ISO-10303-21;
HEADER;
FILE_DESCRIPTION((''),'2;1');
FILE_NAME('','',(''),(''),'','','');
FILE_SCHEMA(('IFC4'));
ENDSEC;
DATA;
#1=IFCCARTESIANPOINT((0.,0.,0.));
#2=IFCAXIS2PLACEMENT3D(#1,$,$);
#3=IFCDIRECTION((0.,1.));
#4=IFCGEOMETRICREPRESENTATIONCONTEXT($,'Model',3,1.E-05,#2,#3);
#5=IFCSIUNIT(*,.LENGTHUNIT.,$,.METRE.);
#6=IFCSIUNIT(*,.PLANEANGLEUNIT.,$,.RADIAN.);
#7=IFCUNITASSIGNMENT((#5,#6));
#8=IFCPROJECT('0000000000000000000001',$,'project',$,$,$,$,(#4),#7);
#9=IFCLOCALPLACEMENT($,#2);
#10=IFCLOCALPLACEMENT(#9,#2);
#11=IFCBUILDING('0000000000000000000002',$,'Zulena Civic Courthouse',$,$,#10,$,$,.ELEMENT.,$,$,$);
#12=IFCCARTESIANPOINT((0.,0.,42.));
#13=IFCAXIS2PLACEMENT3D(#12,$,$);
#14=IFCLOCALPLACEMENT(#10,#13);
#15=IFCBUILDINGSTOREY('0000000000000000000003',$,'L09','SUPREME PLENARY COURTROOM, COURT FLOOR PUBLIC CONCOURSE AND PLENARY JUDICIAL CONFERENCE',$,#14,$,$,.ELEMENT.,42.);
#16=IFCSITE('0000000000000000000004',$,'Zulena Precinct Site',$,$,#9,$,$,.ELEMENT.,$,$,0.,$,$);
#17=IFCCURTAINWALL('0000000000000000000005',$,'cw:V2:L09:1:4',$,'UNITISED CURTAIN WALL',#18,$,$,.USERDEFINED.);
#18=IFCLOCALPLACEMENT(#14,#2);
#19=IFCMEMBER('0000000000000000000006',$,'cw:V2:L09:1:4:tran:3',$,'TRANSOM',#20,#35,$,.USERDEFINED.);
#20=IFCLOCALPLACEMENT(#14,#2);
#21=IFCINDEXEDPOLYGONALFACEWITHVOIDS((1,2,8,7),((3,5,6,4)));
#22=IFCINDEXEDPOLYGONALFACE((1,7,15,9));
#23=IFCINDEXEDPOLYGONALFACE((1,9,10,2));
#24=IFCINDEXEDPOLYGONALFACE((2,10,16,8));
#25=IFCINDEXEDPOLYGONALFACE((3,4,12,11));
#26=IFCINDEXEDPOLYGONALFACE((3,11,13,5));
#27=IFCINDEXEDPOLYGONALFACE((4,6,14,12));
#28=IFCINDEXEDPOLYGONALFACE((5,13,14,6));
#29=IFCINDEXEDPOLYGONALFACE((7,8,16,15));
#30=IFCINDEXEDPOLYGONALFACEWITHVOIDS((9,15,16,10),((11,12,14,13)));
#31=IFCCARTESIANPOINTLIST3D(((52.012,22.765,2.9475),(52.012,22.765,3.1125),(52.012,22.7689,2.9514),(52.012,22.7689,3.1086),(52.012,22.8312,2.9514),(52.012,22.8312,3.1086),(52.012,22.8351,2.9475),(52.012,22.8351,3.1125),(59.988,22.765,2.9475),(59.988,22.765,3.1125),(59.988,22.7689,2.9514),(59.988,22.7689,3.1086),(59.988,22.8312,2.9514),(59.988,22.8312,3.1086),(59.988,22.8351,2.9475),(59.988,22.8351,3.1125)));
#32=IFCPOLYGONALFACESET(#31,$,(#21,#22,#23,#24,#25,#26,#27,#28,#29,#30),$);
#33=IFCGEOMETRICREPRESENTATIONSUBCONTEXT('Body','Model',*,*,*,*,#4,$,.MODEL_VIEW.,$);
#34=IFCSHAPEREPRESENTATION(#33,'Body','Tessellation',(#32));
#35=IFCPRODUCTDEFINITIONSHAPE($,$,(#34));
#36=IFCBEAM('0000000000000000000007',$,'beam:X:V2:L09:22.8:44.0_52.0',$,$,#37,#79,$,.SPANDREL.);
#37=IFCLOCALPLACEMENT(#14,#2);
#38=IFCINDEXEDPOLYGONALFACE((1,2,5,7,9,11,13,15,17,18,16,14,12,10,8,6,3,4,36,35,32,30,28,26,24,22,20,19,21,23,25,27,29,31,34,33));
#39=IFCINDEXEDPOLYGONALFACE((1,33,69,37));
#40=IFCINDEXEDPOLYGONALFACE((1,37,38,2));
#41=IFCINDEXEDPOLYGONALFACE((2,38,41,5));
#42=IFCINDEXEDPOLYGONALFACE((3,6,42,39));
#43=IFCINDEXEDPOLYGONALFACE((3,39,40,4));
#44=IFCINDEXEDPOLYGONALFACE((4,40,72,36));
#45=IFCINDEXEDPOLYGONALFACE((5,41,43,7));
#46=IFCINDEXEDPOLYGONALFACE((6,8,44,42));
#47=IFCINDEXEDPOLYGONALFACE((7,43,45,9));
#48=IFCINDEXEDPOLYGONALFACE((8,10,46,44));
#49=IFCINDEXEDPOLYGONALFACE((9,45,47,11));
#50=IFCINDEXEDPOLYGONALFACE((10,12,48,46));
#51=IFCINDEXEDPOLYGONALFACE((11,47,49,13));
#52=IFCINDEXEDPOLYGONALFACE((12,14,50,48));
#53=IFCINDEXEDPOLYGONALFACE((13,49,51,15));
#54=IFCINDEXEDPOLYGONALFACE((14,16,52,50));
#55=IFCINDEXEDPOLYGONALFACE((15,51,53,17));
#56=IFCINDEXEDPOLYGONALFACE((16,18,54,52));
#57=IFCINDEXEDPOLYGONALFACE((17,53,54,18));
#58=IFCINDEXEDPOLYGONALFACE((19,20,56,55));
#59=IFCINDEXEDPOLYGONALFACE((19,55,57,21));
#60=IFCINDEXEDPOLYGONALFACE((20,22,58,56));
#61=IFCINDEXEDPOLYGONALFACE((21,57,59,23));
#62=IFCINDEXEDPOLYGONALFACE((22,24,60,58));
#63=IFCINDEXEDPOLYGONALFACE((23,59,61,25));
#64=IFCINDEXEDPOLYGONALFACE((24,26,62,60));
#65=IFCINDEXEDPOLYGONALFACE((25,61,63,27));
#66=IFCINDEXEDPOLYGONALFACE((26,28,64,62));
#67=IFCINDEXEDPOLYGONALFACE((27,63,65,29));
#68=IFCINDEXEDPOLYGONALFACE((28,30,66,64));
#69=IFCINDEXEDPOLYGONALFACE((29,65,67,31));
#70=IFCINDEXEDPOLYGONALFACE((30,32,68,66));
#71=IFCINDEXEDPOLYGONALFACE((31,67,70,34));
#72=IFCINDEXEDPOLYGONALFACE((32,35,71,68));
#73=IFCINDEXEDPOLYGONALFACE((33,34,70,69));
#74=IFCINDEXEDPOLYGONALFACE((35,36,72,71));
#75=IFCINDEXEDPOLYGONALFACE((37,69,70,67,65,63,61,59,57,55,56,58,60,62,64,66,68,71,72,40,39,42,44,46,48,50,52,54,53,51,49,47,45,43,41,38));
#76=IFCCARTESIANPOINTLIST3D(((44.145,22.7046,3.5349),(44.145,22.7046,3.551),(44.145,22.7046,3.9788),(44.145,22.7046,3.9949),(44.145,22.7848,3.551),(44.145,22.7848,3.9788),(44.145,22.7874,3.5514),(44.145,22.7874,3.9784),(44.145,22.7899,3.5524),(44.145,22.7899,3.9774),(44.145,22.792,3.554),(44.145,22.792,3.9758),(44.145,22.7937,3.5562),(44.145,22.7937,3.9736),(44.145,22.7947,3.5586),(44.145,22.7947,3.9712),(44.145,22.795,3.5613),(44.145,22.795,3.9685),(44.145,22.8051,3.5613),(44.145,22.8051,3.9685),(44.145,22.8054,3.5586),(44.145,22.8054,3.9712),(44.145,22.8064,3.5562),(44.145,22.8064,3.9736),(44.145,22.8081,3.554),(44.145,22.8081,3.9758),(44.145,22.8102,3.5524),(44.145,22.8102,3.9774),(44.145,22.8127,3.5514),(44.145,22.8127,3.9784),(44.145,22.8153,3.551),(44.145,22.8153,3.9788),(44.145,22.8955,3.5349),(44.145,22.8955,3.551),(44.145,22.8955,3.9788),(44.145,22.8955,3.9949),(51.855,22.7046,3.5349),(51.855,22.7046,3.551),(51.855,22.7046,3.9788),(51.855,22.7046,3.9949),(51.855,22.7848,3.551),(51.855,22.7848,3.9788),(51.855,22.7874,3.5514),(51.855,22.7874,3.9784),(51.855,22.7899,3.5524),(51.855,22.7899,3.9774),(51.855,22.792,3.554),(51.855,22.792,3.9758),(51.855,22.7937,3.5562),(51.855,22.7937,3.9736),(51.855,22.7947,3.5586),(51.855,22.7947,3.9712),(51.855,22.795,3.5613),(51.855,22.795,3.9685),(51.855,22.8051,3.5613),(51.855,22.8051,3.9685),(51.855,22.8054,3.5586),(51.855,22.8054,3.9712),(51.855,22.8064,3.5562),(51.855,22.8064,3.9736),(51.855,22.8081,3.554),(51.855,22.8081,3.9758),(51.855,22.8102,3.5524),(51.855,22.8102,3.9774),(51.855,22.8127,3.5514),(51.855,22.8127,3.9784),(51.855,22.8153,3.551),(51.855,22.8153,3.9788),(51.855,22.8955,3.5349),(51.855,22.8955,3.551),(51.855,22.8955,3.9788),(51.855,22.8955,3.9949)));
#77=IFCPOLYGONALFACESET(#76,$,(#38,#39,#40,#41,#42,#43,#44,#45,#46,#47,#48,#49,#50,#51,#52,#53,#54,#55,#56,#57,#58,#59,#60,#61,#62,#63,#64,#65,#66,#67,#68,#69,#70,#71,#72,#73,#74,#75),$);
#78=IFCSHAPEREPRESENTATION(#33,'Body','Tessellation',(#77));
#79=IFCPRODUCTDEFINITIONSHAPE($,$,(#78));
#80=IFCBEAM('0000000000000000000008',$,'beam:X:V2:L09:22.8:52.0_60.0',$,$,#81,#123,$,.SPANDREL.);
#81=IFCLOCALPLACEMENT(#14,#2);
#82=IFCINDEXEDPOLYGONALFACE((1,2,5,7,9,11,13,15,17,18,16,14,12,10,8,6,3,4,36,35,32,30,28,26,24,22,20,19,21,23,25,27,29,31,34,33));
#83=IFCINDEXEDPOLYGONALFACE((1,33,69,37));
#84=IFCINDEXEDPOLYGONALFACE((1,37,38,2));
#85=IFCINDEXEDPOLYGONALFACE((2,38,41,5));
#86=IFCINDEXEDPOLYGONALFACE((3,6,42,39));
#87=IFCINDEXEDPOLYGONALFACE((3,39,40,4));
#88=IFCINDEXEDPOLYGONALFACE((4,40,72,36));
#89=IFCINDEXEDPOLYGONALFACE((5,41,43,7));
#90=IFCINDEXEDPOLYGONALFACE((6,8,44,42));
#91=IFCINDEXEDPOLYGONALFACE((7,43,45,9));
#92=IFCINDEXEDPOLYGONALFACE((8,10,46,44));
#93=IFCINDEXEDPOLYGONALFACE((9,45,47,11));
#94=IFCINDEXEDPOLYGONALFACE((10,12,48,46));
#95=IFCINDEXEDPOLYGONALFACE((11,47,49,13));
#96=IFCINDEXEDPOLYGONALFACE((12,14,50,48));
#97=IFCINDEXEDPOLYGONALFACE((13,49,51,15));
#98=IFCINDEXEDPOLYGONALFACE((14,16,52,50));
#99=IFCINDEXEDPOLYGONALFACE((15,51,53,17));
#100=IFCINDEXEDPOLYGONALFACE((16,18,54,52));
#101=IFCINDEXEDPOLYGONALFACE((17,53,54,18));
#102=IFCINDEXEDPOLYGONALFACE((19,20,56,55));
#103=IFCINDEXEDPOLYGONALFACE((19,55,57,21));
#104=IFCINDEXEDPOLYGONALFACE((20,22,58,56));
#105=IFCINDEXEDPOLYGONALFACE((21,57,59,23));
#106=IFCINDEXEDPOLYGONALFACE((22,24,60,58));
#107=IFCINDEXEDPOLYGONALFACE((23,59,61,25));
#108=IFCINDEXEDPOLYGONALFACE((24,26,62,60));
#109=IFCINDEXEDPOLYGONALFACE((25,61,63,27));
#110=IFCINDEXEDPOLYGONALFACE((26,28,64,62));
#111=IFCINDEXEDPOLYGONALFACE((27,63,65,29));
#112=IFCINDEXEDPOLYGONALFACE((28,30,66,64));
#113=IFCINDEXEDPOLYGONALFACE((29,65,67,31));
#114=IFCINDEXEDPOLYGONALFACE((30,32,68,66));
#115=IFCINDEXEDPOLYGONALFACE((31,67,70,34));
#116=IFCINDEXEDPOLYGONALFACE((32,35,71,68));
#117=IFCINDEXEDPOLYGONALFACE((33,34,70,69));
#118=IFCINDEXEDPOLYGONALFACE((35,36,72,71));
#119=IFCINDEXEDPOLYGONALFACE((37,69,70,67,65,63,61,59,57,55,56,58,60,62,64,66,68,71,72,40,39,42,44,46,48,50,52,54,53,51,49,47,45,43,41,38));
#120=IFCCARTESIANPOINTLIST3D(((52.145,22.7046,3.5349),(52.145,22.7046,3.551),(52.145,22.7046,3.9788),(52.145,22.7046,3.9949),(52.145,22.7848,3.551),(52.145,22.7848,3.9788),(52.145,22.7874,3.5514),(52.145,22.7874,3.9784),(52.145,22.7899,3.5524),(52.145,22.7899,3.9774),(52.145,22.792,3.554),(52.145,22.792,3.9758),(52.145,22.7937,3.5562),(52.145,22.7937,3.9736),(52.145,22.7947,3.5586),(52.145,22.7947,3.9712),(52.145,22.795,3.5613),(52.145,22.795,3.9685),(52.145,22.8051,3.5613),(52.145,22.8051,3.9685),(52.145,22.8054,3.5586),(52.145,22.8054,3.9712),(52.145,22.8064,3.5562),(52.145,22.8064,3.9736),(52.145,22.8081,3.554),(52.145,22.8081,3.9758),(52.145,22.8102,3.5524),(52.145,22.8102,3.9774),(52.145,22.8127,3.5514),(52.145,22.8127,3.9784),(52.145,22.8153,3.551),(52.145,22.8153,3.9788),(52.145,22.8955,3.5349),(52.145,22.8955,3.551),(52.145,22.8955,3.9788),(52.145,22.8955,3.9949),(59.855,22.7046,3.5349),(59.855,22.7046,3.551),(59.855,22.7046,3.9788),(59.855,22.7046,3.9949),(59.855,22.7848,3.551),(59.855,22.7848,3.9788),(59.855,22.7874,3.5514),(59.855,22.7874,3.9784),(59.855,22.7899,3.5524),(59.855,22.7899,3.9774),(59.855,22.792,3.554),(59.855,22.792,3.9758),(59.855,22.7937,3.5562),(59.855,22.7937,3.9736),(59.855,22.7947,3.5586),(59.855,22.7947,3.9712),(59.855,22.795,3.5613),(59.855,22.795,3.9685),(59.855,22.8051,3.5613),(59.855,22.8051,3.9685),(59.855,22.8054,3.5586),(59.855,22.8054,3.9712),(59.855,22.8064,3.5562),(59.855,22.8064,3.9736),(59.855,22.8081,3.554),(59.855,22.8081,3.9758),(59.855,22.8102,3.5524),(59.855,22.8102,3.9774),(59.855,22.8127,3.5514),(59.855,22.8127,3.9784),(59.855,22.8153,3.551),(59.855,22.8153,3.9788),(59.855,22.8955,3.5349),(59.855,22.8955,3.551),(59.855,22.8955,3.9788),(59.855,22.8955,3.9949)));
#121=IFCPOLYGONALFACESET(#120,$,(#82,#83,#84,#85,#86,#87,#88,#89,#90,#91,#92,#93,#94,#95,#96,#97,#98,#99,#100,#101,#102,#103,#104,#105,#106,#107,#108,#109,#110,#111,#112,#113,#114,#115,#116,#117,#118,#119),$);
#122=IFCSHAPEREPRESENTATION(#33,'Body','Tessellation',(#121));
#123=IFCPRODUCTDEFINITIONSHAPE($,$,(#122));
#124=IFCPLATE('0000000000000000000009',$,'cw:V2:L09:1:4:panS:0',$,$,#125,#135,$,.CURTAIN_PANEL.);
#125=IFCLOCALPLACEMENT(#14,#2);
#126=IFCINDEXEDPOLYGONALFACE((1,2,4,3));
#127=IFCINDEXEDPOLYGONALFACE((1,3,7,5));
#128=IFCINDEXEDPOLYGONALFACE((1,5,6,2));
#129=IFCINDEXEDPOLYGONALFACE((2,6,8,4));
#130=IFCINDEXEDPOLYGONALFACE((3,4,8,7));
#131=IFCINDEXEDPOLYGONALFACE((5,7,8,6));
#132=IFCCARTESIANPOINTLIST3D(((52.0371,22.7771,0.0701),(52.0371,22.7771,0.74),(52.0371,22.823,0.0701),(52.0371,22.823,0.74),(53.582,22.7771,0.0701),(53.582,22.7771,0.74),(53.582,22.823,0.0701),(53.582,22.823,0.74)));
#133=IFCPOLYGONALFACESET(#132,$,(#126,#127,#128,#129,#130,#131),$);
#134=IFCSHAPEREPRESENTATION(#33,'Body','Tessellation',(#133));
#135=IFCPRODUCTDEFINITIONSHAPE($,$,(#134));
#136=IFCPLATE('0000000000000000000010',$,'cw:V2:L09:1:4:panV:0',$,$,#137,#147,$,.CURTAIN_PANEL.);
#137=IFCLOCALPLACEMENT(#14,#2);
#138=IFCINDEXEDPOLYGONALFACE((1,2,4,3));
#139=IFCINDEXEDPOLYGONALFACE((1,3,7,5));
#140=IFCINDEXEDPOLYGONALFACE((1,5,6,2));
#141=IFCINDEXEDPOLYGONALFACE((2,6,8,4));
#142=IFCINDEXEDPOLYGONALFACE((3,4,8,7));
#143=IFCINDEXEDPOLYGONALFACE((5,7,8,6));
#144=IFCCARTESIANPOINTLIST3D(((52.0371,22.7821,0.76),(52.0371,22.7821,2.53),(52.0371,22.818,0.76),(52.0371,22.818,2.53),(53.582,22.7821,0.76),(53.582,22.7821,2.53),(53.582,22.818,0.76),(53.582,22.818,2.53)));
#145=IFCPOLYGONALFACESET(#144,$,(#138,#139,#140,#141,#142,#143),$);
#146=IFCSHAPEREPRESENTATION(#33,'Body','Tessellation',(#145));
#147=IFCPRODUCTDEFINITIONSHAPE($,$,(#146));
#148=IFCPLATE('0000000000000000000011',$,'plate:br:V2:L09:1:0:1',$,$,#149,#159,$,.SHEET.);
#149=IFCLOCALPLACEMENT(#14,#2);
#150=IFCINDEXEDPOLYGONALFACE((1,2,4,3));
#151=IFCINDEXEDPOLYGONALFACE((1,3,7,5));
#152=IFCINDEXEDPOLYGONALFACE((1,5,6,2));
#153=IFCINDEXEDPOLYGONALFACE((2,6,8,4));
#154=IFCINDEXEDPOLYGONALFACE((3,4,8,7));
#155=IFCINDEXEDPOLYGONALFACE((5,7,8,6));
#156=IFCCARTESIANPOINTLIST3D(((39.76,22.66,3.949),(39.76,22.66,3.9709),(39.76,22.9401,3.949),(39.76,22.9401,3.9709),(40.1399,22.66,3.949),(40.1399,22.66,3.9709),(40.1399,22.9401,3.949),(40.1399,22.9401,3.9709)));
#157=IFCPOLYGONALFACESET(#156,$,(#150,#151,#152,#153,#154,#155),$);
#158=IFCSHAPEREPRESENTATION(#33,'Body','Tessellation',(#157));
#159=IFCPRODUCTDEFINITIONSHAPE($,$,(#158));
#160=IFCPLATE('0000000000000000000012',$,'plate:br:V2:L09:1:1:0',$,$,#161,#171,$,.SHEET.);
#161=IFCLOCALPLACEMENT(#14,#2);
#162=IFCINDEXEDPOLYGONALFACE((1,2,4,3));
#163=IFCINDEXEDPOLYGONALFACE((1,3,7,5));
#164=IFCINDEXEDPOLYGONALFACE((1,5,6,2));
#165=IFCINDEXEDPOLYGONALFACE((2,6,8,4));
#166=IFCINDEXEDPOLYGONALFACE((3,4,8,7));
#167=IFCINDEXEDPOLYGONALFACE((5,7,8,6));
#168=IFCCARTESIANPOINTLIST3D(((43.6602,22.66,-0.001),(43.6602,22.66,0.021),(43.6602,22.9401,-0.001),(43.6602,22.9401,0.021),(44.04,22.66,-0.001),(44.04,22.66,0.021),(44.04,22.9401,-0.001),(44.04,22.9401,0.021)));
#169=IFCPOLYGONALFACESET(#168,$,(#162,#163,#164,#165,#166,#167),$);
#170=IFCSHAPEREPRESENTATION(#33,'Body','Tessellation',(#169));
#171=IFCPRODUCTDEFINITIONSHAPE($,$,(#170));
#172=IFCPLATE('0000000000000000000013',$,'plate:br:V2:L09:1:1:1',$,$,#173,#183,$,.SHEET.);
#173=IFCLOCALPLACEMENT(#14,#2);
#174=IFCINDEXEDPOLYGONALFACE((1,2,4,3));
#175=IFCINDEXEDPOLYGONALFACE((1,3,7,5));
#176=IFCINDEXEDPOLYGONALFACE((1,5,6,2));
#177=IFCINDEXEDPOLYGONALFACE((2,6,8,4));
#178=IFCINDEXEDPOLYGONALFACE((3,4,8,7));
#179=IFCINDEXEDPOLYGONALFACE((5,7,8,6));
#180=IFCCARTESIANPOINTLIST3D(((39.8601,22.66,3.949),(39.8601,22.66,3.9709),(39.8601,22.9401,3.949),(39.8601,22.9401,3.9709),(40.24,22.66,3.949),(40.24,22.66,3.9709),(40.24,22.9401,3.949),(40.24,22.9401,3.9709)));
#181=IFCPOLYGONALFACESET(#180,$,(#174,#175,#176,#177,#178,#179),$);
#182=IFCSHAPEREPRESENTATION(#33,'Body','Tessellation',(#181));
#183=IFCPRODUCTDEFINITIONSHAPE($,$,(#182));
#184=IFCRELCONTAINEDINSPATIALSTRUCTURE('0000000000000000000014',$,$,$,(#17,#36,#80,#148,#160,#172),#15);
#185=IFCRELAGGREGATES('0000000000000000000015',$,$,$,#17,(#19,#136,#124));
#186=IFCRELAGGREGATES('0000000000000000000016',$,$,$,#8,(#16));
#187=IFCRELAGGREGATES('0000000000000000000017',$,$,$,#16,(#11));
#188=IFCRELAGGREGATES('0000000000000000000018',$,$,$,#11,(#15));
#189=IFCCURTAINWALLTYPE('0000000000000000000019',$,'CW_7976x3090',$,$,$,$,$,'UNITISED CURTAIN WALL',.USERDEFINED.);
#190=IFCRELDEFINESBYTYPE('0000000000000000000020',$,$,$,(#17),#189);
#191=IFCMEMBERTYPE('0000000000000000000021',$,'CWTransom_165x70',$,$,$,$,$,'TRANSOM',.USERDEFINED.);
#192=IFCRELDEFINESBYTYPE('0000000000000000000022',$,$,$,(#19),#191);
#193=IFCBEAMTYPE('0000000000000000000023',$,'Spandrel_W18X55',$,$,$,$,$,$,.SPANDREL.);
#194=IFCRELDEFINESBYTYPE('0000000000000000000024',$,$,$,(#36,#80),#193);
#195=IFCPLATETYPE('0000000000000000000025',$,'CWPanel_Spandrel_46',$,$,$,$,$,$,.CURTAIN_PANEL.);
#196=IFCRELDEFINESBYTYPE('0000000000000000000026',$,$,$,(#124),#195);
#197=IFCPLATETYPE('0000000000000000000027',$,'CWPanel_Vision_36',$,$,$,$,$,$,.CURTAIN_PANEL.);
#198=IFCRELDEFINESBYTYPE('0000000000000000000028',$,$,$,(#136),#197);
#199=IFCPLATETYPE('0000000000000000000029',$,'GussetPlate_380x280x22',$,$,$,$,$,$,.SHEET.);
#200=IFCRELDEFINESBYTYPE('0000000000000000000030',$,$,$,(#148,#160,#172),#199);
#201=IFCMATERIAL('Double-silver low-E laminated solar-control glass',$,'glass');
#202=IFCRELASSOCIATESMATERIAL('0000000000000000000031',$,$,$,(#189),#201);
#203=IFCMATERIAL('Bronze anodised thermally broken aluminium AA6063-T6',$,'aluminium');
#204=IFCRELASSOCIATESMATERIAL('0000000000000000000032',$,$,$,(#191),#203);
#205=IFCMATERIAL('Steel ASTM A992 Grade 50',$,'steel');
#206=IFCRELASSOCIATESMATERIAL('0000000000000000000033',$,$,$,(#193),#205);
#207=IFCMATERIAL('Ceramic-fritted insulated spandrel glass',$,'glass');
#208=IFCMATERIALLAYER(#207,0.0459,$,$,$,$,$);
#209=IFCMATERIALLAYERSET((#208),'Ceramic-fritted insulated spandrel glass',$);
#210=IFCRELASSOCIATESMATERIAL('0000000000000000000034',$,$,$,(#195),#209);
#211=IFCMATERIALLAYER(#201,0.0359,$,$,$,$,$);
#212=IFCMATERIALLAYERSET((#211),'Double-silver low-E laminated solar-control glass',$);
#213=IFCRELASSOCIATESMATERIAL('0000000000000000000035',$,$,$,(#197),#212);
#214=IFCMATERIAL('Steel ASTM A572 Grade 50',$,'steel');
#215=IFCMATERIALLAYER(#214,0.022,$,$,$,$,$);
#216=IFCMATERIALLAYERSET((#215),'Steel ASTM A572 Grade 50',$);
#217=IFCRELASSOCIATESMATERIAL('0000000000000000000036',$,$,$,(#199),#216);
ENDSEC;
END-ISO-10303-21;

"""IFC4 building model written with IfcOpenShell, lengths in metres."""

from ifc_helpers import new_model, si_unit, direction, frame, origin, origin_2d, place, context, subcontext, project, spatial, rectangle, hollow_rectangle, i_section, extrude, material, layer, layer_set, material_profile, profile_set, type_object, element, aggregate, save


model = new_model("IFC4")

# Units and contexts
model_context = context("Model", 3, precision=1e-05, world=origin(), true_north=direction((0.0, 1.0)))
body_context = subcontext(model_context, "Body", "Model", "MODEL_VIEW")
ifc_project = project(units=[si_unit("LENGTHUNIT", "METRE"), si_unit("PLANEANGLEUNIT", "RADIAN")], contexts=[model_context])

# Site, building, storey
site_placement = place(None, origin())
site = spatial("IfcSite", under=ifc_project, at=site_placement, Name="Zulena Precinct Site", CompositionType="ELEMENT", RefElevation=0.0)
building_placement = place(site_placement, origin())
building = spatial("IfcBuilding", under=site, at=building_placement, Name="Zulena Civic Courthouse", CompositionType="ELEMENT")
storey_placement = place(building_placement, frame((0.0, 0.0, 42.0)))
storey = spatial("IfcBuildingStorey", under=building, at=storey_placement, Name="L09", Description="SUPREME PLENARY COURTROOM, COURT FLOOR PUBLIC CONCOURSE AND PLENARY JUDICIAL CONFERENCE", CompositionType="ELEMENT", Elevation=42.0)

# Shared definitions
ifc_material_1 = material(Name="Steel ASTM A992 Grade 50", Category="steel")

# Curtain wall, member
ifc_material_2 = material(Name="Double-silver low-E laminated solar-control glass", Category="glass")
curtain_wall_type = type_object("IfcCurtainWallType", Name="CW_7976x3090", ElementType="UNITISED CURTAIN WALL", PredefinedType="USERDEFINED", material=ifc_material_2)
curtain_wall_placement = place(storey_placement, origin())
curtain_wall = element("IfcCurtainWall", 1, at=curtain_wall_placement, inside=storey, type_object=curtain_wall_type, Name="cw:V2:L09:1:4", ObjectType="UNITISED CURTAIN WALL", PredefinedType="USERDEFINED")
ifc_material_3 = material(Name="Bronze anodised thermally broken aluminium AA6063-T6", Category="aluminium")
ifc_material_profile_1 = material_profile(ifc_material_3, hollow_rectangle(XDim=0.0701, YDim=0.165, WallThickness=0.0039, at=origin_2d()), Name="CWT165X70X4")
ifc_profile_set_1 = profile_set([ifc_material_profile_1], Name="Bronze anodised thermally broken aluminium AA6063-T6")
member_type_1 = type_object("IfcMemberType", Name="CWTransom_165x70", ElementType="TRANSOM", PredefinedType="USERDEFINED", material=ifc_profile_set_1)
member_1_placement = place(storey_placement, frame((52.012, 22.8, 3.03), z_axis=(1.0, 0.0, 0.0), x_axis=(0.0, 1.0, 0.0)))
member_1 = element("IfcMember", 2, at=member_1_placement, type_object=member_type_1, Name="cw:V2:L09:1:4:tran:3", ObjectType="TRANSOM", PredefinedType="USERDEFINED", context=body_context, shape_type="SweptSolid", body=[
    extrude(hollow_rectangle(XDim=0.0701, YDim=0.165, WallThickness=0.0039, at=origin_2d()), origin(), (0.0, 0.0, 1.0), 7.9761),
])

# Beams
ifc_material_profile_2 = material_profile(ifc_material_1, i_section(OverallWidth=0.1909, OverallDepth=0.46, WebThickness=0.01, FlangeThickness=0.0161, FilletRadius=0.0103, at=origin_2d()), Name="W18X55")
ifc_profile_set_2 = profile_set([ifc_material_profile_2], Name="Steel ASTM A992 Grade 50")
beam_type = type_object("IfcBeamType", Name="Spandrel_W18X55", PredefinedType="SPANDREL", material=ifc_profile_set_2)
for number, where, z_axis, x_axis, name in (
    (3, (44.145, 22.8, 3.7649), (1.0, 0.0, 0.0), (0.0, 1.0, 0.0), "beam:X:V2:L09:22.8:44.0_52.0"),
    (4, (52.145, 22.8, 3.7649), (1.0, 0.0, 0.0), (0.0, 1.0, 0.0), "beam:X:V2:L09:22.8:52.0_60.0"),
):
    element("IfcBeam", number, at=place(storey_placement, frame(where, z_axis=z_axis, x_axis=x_axis)), inside=storey, type_object=beam_type, Name=name, PredefinedType="SPANDREL", context=body_context, shape_type="SweptSolid", body=[
        extrude(i_section(OverallWidth=0.1909, OverallDepth=0.46, WebThickness=0.01, FlangeThickness=0.0161, FilletRadius=0.0103, at=origin_2d()), origin(), (0.0, 0.0, 1.0), 7.71),
    ])

# Plates
ifc_material_4 = material(Name="Ceramic-fritted insulated spandrel glass", Category="glass")
ifc_layer_1 = layer(ifc_material_4, 0.0459)
ifc_layer_set_1 = layer_set([ifc_layer_1], Name="Ceramic-fritted insulated spandrel glass")
plate_type_1 = type_object("IfcPlateType", Name="CWPanel_Spandrel_46", PredefinedType="CURTAIN_PANEL", material=ifc_layer_set_1)
plate_1_placement = place(storey_placement, frame((52.8096, 22.8, 0.0701), z_axis=(0.0, 0.0, 1.0), x_axis=(1.0, 0.0, 0.0)))
plate_1 = element("IfcPlate", 5, at=plate_1_placement, type_object=plate_type_1, Name="cw:V2:L09:1:4:panS:0", PredefinedType="CURTAIN_PANEL", context=body_context, shape_type="SweptSolid", body=[
    extrude(rectangle(XDim=1.5449, YDim=0.0459, at=origin_2d()), origin(), (0.0, 0.0, 1.0), 0.6699),
])
ifc_layer_2 = layer(ifc_material_2, 0.0359)
ifc_layer_set_2 = layer_set([ifc_layer_2], Name="Double-silver low-E laminated solar-control glass")
plate_type_2 = type_object("IfcPlateType", Name="CWPanel_Vision_36", PredefinedType="CURTAIN_PANEL", material=ifc_layer_set_2)
plate_2_placement = place(storey_placement, frame((52.8096, 22.8, 0.76), z_axis=(0.0, 0.0, 1.0), x_axis=(1.0, 0.0, 0.0)))
plate_2 = element("IfcPlate", 6, at=plate_2_placement, type_object=plate_type_2, Name="cw:V2:L09:1:4:panV:0", PredefinedType="CURTAIN_PANEL", context=body_context, shape_type="SweptSolid", body=[
    extrude(rectangle(XDim=1.5449, YDim=0.0359, at=origin_2d()), origin(), (0.0, 0.0, 1.0), 1.77),
])
aggregate(curtain_wall, [member_1, plate_2, plate_1])

# Plates
ifc_material_5 = material(Name="Steel ASTM A572 Grade 50", Category="steel")
ifc_layer_3 = layer(ifc_material_5, 0.022)
ifc_layer_set_3 = layer_set([ifc_layer_3], Name="Steel ASTM A572 Grade 50")
plate_type_3 = type_object("IfcPlateType", Name="GussetPlate_380x280x22", PredefinedType="SHEET", material=ifc_layer_set_3)
for number, where, z_axis, x_axis, name in (
    (7, (39.95, 22.8, 3.949), (0.0, 0.0, 1.0), (1.0, 0.0, 0.0), "plate:br:V2:L09:1:0:1"),
    (8, (43.8501, 22.8, -0.001), (0.0, 0.0, 1.0), (1.0, 0.0, 0.0), "plate:br:V2:L09:1:1:0"),
    (9, (40.05, 22.8, 3.949), (0.0, 0.0, 1.0), (1.0, 0.0, 0.0), "plate:br:V2:L09:1:1:1"),
):
    element("IfcPlate", number, at=place(storey_placement, frame(where, z_axis=z_axis, x_axis=x_axis)), inside=storey, type_object=plate_type_3, Name=name, PredefinedType="SHEET", context=body_context, shape_type="SweptSolid", body=[
        extrude(rectangle(XDim=0.3799, YDim=0.28, at=origin_2d()), origin(), (0.0, 0.0, 1.0), 0.022),
    ])

save(model, "model.ifc")
